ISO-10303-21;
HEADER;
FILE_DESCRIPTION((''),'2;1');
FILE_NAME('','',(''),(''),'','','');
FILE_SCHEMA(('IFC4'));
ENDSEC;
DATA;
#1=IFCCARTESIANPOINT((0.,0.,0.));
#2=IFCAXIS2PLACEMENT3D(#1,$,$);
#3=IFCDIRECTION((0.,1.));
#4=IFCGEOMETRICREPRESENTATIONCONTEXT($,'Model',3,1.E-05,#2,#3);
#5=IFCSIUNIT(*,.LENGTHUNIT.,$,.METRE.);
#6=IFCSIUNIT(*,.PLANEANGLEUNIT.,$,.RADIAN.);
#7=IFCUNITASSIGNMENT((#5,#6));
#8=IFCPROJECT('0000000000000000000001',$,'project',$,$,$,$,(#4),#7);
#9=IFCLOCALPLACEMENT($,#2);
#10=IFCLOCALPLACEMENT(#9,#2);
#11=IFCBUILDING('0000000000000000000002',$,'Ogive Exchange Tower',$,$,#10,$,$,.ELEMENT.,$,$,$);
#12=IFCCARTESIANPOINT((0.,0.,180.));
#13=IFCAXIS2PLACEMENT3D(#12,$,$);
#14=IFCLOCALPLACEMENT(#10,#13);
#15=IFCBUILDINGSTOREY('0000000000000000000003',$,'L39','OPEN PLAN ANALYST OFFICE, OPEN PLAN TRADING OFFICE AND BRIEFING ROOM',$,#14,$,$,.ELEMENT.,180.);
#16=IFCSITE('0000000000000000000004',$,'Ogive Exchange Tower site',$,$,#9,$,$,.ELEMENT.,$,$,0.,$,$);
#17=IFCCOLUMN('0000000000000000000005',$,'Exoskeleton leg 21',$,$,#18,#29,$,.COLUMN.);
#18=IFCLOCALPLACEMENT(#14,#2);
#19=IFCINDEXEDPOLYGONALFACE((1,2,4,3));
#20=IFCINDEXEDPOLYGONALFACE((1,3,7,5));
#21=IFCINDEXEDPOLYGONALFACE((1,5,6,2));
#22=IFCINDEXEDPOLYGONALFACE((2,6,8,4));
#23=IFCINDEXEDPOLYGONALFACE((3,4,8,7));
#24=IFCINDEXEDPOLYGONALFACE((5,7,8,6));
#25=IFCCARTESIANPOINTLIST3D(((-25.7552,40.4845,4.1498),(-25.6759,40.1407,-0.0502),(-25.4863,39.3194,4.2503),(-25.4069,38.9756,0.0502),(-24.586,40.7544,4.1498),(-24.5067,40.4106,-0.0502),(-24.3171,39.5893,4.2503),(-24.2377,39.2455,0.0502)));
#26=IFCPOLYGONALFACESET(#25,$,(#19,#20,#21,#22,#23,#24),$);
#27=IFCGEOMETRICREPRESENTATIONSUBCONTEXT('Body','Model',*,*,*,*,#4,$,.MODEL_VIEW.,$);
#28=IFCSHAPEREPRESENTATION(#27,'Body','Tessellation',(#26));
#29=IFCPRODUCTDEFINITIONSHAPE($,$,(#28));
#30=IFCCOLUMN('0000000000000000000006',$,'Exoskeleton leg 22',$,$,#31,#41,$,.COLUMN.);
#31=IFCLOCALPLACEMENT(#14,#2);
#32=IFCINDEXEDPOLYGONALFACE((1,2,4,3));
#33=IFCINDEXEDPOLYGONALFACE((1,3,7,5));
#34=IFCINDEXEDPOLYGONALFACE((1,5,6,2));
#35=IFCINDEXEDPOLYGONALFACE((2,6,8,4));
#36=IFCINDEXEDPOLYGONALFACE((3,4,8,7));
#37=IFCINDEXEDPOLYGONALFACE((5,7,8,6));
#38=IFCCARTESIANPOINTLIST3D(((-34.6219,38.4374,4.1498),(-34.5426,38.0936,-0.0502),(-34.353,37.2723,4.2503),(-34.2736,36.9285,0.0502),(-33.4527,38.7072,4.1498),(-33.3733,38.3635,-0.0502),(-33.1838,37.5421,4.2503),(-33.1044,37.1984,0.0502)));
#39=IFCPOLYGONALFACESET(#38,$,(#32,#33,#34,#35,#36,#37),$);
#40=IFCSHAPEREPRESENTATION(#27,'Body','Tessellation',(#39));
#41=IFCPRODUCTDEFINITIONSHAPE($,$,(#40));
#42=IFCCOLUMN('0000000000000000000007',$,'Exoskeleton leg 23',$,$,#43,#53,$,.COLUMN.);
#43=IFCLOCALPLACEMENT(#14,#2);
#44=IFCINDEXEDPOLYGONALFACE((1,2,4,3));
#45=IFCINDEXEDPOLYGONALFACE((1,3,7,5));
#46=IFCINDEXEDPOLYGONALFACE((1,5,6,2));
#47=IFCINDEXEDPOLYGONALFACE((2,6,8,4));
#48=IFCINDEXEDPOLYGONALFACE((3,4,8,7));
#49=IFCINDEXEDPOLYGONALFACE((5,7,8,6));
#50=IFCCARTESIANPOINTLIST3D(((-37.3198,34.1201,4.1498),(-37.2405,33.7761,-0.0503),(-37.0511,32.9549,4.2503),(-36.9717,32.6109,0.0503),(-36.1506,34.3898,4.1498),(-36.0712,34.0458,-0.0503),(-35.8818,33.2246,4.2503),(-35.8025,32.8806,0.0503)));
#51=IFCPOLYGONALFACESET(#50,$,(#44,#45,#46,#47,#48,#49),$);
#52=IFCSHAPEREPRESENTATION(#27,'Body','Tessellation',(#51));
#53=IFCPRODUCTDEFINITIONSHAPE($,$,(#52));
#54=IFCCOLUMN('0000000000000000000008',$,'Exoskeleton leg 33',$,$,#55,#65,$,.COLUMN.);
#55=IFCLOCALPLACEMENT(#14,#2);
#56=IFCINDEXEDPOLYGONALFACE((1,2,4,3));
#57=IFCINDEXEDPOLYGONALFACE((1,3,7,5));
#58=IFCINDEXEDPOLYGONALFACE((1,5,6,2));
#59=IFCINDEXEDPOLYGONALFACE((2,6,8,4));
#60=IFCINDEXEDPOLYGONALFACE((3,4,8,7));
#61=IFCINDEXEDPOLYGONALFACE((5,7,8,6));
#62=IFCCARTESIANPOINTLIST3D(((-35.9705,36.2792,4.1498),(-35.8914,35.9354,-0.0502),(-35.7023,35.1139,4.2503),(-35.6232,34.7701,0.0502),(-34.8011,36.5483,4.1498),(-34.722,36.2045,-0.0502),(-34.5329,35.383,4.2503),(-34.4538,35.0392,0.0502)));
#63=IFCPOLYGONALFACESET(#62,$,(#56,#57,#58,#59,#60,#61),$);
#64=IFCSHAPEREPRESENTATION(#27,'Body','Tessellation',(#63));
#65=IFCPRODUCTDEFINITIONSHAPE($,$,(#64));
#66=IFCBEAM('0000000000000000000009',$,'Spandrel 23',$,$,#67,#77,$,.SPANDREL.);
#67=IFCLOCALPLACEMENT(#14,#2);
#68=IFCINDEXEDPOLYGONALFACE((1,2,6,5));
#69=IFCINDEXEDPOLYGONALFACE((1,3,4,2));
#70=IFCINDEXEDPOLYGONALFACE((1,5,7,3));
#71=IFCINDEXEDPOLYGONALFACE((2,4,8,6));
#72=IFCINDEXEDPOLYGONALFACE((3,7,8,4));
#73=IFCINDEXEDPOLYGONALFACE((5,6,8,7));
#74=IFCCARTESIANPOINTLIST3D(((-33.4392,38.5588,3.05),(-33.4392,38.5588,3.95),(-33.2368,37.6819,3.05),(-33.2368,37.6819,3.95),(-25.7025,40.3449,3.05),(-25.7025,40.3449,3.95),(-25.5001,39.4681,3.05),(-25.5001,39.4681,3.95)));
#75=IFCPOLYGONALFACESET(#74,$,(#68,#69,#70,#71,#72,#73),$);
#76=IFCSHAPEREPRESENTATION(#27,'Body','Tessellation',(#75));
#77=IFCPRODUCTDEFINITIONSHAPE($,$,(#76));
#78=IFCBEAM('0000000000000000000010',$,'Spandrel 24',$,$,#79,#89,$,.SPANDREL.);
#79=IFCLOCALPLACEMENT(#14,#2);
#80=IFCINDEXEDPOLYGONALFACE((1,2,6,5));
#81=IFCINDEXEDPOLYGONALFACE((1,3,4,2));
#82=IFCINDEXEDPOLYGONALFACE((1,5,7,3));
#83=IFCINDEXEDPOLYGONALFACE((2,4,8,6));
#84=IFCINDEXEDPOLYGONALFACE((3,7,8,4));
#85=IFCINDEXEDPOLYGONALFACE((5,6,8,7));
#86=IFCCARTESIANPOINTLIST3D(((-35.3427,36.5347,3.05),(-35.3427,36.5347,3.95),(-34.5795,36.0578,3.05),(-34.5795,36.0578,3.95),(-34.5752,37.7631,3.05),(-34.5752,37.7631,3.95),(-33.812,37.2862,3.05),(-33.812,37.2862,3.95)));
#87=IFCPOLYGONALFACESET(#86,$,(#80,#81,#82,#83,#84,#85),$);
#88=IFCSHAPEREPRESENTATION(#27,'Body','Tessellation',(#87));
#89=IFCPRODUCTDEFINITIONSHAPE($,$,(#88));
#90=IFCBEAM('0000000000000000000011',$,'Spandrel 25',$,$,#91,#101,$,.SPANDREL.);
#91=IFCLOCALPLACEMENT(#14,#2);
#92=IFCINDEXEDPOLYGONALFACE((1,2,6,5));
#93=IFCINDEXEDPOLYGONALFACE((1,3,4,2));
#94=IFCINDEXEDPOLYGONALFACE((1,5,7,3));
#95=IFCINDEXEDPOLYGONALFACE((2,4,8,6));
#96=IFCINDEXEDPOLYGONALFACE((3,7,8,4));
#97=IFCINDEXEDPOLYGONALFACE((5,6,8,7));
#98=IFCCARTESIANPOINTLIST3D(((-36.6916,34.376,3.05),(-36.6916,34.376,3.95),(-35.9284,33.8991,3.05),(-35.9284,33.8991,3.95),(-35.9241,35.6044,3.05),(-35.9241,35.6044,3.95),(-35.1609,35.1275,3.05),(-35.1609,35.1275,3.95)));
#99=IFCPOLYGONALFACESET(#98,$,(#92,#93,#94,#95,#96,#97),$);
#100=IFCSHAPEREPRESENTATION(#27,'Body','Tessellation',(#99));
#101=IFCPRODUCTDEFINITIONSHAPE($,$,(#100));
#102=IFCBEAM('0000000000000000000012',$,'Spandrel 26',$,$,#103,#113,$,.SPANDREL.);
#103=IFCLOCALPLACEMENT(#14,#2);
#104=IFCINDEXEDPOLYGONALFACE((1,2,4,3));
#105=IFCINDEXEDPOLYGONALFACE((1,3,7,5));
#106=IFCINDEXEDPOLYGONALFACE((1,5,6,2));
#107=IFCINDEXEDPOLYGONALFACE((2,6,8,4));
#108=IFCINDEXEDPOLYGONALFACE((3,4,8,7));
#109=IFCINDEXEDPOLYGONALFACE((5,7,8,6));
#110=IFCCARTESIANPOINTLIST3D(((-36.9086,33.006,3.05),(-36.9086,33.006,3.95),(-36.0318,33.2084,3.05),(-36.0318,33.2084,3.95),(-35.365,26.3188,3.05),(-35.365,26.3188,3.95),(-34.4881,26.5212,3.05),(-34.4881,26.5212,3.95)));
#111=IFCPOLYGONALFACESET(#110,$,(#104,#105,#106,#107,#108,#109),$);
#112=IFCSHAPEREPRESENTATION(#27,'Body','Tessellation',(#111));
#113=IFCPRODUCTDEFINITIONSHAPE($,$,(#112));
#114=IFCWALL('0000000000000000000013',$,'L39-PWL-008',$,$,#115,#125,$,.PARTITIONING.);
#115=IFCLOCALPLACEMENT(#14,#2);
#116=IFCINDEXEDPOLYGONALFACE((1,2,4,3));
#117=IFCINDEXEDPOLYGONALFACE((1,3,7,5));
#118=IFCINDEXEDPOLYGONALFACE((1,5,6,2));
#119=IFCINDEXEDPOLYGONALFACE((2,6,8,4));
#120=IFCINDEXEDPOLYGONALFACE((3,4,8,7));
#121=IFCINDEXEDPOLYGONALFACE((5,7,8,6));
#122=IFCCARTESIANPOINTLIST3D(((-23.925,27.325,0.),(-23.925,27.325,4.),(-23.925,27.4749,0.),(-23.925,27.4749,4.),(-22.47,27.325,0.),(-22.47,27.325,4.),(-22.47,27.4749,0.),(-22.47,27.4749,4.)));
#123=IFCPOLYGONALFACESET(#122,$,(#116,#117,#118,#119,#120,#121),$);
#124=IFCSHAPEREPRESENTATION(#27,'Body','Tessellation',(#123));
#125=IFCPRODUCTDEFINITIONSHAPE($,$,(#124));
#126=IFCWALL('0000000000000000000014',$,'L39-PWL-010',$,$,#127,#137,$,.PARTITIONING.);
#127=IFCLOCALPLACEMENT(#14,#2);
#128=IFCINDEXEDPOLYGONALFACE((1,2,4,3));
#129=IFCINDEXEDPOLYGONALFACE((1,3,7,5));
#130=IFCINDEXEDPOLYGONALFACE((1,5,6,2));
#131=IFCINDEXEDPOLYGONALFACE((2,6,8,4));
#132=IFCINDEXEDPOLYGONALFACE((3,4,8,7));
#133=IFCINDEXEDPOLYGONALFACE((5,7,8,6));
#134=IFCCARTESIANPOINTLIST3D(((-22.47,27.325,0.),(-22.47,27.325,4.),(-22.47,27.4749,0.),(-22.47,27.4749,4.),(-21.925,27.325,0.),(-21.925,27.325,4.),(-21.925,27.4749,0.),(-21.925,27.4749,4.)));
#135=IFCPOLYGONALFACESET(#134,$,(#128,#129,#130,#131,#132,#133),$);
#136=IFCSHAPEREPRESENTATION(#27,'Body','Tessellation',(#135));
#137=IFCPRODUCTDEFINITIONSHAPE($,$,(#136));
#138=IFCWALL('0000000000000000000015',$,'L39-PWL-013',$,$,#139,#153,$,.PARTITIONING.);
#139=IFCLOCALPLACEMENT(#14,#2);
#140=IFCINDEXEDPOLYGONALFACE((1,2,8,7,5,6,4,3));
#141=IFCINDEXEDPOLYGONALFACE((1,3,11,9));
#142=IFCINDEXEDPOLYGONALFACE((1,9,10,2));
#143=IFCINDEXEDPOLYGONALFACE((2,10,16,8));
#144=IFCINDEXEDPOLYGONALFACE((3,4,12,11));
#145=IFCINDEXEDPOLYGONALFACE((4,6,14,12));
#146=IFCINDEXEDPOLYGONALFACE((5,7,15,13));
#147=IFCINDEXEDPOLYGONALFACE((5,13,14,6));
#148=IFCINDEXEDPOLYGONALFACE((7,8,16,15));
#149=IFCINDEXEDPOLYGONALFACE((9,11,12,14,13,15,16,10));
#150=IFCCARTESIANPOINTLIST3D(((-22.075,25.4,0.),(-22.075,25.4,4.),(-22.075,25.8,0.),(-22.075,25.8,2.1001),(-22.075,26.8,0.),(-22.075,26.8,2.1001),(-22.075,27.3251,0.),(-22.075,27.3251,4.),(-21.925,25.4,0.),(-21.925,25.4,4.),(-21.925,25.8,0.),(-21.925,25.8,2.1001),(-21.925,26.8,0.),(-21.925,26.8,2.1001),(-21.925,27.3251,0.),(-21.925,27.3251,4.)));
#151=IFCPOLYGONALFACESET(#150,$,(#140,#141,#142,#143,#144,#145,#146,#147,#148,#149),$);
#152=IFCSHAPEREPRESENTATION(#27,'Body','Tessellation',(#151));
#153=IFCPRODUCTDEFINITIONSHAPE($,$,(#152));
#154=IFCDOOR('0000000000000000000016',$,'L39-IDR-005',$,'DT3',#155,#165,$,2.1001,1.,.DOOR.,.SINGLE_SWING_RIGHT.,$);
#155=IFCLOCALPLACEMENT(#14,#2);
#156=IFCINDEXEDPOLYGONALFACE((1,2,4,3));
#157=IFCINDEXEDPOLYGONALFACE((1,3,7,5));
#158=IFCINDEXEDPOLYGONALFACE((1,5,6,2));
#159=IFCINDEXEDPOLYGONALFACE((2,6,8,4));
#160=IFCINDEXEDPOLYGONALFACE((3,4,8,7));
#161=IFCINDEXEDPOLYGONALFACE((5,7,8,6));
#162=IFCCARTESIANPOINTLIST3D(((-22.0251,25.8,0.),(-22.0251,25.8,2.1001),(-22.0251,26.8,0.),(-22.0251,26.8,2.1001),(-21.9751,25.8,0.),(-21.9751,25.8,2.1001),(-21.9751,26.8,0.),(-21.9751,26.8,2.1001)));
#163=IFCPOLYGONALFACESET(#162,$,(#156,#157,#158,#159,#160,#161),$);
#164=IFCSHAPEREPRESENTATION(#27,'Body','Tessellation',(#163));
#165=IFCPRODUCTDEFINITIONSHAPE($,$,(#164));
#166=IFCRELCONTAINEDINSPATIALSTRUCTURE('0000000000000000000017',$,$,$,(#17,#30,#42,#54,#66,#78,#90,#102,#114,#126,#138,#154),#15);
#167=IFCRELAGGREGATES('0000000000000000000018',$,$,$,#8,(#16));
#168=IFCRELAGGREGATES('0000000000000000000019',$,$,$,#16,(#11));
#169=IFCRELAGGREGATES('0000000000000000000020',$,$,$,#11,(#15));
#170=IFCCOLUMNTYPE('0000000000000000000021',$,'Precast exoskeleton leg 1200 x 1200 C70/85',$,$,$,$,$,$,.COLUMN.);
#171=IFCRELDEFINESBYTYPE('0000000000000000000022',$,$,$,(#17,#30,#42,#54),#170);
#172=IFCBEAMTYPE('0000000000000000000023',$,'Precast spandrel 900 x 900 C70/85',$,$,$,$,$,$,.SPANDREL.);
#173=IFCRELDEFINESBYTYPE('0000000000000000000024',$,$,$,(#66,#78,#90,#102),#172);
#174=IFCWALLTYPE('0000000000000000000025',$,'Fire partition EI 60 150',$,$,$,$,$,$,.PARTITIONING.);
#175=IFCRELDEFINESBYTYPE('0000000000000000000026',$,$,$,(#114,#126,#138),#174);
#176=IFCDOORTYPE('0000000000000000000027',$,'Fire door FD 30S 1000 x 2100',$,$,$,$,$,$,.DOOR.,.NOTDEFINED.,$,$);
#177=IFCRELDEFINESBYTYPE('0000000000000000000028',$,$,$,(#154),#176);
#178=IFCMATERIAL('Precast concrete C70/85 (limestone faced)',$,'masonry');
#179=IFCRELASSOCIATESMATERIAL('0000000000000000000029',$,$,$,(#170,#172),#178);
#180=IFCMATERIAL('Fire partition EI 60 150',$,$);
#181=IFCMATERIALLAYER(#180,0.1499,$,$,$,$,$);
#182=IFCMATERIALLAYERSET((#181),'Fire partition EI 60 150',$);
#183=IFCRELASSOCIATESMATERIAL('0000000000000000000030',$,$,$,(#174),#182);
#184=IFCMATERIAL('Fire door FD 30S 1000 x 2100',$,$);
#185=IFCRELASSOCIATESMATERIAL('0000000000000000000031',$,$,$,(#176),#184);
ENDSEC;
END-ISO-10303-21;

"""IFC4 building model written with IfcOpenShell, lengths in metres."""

from ifc_helpers import new_model, si_unit, direction, frame, frame_2d, origin, origin_2d, place, context, subcontext, project, spatial, rectangle, extrude, material, layer, layer_set, material_profile, profile_set, type_object, element, fill, save


model = new_model("IFC4")

# Units and contexts
model_context = context("Model", 3, precision=1e-05, world=origin(), true_north=direction((0.0, 1.0)))
body_context = subcontext(model_context, "Body", "Model", "MODEL_VIEW")
ifc_project = project(units=[si_unit("LENGTHUNIT", "METRE"), si_unit("PLANEANGLEUNIT", "RADIAN")], contexts=[model_context])

# Site, building, storey
site_placement = place(None, origin())
site = spatial("IfcSite", under=ifc_project, at=site_placement, Name="Ogive Exchange Tower site", CompositionType="ELEMENT", RefElevation=0.0)
building_placement = place(site_placement, origin())
building = spatial("IfcBuilding", under=site, at=building_placement, Name="Ogive Exchange Tower", CompositionType="ELEMENT")
storey_placement = place(building_placement, frame((0.0, 0.0, 180.0)))
storey = spatial("IfcBuildingStorey", under=building, at=storey_placement, Name="L39", Description="OPEN PLAN ANALYST OFFICE, OPEN PLAN TRADING OFFICE AND BRIEFING ROOM", CompositionType="ELEMENT", Elevation=180.0)

# Columns
ifc_material_1 = material(Name="Precast concrete C70/85 (limestone faced)", Category="masonry")
ifc_material_profile_1 = material_profile(ifc_material_1, rectangle(XDim=1.2, YDim=1.2, at=origin_2d()), Name="1200 x 1200")
ifc_profile_set_1 = profile_set([ifc_material_profile_1], Name="Precast concrete C70/85 (limestone faced)")
column_type = type_object("IfcColumnType", Name="Precast exoskeleton leg 1200 x 1200 C70/85", PredefinedType="COLUMN", material=ifc_profile_set_1)
for number, where, z_axis, x_axis, name in (
    (1, (-24.9568, 39.6931, 0.0), (-0.018826, 0.081559, 0.996491), (-0.97438, -0.22491, 0.0), "Exoskeleton leg 21"),
    (2, (-33.8235, 37.646, 0.0), (-0.018826, 0.081559, 0.996491), (-0.97438, -0.22491, 0.0), "Exoskeleton leg 22"),
    (3, (-36.5215, 33.3284, 0.0), (-0.018826, 0.081617, 0.996486), (-0.974415, -0.224758, 0.0), "Exoskeleton leg 23"),
    (4, (-35.1726, 35.4873, 0.0), (-0.018768, 0.081559, 0.996492), (-0.974531, -0.224253, 0.0), "Exoskeleton leg 33"),
):
    element("IfcColumn", number, at=place(storey_placement, frame(where, z_axis=z_axis, x_axis=x_axis)), inside=storey, type_object=column_type, Name=name, PredefinedType="COLUMN", context=body_context, shape_type="SweptSolid", body=[
        extrude(rectangle(XDim=1.2, YDim=1.2, at=origin_2d()), origin(), (0.0, 0.0, 1.0), 4.2148),
    ])

# Beams
ifc_material_profile_2 = material_profile(ifc_material_1, rectangle(XDim=0.8999, YDim=0.8999, at=origin_2d()), Name="900 x 900")
ifc_profile_set_2 = profile_set([ifc_material_profile_2], Name="Precast concrete C70/85 (limestone faced)")
beam_type = type_object("IfcBeamType", Name="Precast spandrel 900 x 900 C70/85", PredefinedType="SPANDREL", material=ifc_profile_set_2)
beam_1_placement = place(storey_placement, frame((-25.6013, 39.9065, 3.5), z_axis=(-0.97437, -0.224952, 0.0), x_axis=(0.224952, -0.97437, 0.0)))
element("IfcBeam", 5, at=beam_1_placement, inside=storey, type_object=beam_type, Name="Spandrel 23", PredefinedType="SPANDREL", context=body_context, shape_type="SweptSolid", body=[
    extrude(rectangle(XDim=0.8999, YDim=0.8999, at=origin_2d()), origin(), (0.0, 0.0, 1.0), 7.9402),
])
for number, where, z_axis, x_axis, name in (
    (6, (-34.1936, 37.5247, 3.5), (-0.529878, -0.848074, 0.0), (0.848074, -0.529878, 0.0), "Spandrel 24"),
    (7, (-35.5425, 35.366, 3.5), (-0.529878, -0.848074, 0.0), (0.848074, -0.529878, 0.0), "Spandrel 25"),
):
    element("IfcBeam", number, at=place(storey_placement, frame(where, z_axis=z_axis, x_axis=x_axis)), inside=storey, type_object=beam_type, Name=name, PredefinedType="SPANDREL", context=body_context, shape_type="SweptSolid", body=[
        extrude(rectangle(XDim=0.8999, YDim=0.8999, at=origin_2d()), origin(), (0.0, 0.0, 1.0), 1.4485),
    ])
beam_2_placement = place(storey_placement, frame((-36.4702, 33.1072, 3.5), z_axis=(0.224927, -0.974376, 0.0), x_axis=(0.974376, 0.224927, 0.0)))
element("IfcBeam", 8, at=beam_2_placement, inside=storey, type_object=beam_type, Name="Spandrel 26", PredefinedType="SPANDREL", context=body_context, shape_type="SweptSolid", body=[
    extrude(rectangle(XDim=0.8999, YDim=0.8999, at=origin_2d()), origin(), (0.0, 0.0, 1.0), 6.863),
])

# Walls
ifc_material_2 = material(Name="Fire partition EI 60 150")
ifc_layer_1 = layer(ifc_material_2, 0.1499)
ifc_layer_set_1 = layer_set([ifc_layer_1], Name="Fire partition EI 60 150")
wall_type_1 = type_object("IfcWallType", Name="Fire partition EI 60 150", PredefinedType="PARTITIONING", material=ifc_layer_set_1)
wall_1_placement = place(storey_placement, frame((-23.925, 27.3999, 0.0), z_axis=(0.0, 0.0, 1.0), x_axis=(1.0, 0.0, 0.0)))
element("IfcWall", 9, at=wall_1_placement, inside=storey, type_object=wall_type_1, Name="L39-PWL-008", PredefinedType="PARTITIONING", context=body_context, shape_type="SweptSolid", body=[
    extrude(rectangle(XDim=1.4551, YDim=0.1499, at=frame_2d((0.7275, 0.0))), origin(), (0.0, 0.0, 1.0), 4.0),
])
wall_2_placement = place(storey_placement, frame((-22.47, 27.3999, 0.0), z_axis=(0.0, 0.0, 1.0), x_axis=(1.0, 0.0, 0.0)))
element("IfcWall", 10, at=wall_2_placement, inside=storey, type_object=wall_type_1, Name="L39-PWL-010", PredefinedType="PARTITIONING", context=body_context, shape_type="SweptSolid", body=[
    extrude(rectangle(XDim=0.5449, YDim=0.1499, at=frame_2d((0.2725, 0.0))), origin(), (0.0, 0.0, 1.0), 4.0),
])

# Wall, opening, door
wall_3_placement = place(storey_placement, frame((-22.0, 27.325, 0.0), z_axis=(0.0, 0.0, 1.0), x_axis=(0.0, -1.0, 0.0)))
wall_3 = element("IfcWall", 11, at=wall_3_placement, inside=storey, type_object=wall_type_1, Name="L39-PWL-013", PredefinedType="PARTITIONING", context=body_context, shape_type="SweptSolid", body=[
    extrude(rectangle(XDim=1.925, YDim=0.1499, at=frame_2d((0.9624, 0.0))), origin(), (0.0, 0.0, 1.0), 4.0),
])
opening_1_placement = place(wall_3_placement, frame((0.5249, 0.0, 0.0)))
opening_1 = element("IfcOpeningElement", 12, at=opening_1_placement, cuts=wall_3, PredefinedType="OPENING", context=body_context, shape_type="SweptSolid", body=[
    extrude(rectangle(XDim=1.0, YDim=2.1001, at=frame_2d((0.5, 1.05))), frame((0.0, 0.085, 0.0), z_axis=(0.0, -1.0, 0.0), x_axis=(1.0, 0.0, 0.0)), (0.0, 0.0, 1.0), 0.1699),
])
ifc_material_3 = material(Name="Fire door FD 30S 1000 x 2100")
door_type_1 = type_object("IfcDoorType", Name="Fire door FD 30S 1000 x 2100", OperationType="NOTDEFINED", PredefinedType="DOOR", material=ifc_material_3)
door_1_placement = place(opening_1_placement, origin())
door_1 = element("IfcDoor", 13, at=door_1_placement, inside=storey, type_object=door_type_1, Name="L39-IDR-005", ObjectType="DT3", OperationType="SINGLE_SWING_RIGHT", OverallHeight=2.1001, OverallWidth=1.0, PredefinedType="DOOR", context=body_context, shape_type="SweptSolid", body=[
    extrude(rectangle(XDim=1.0, YDim=2.1001, at=frame_2d((0.5, 1.05))), frame((0.0, 0.0249, 0.0), z_axis=(0.0, -1.0, 0.0), x_axis=(1.0, 0.0, 0.0)), (0.0, 0.0, 1.0), 0.05),
])
fill(opening_1, door_1)

save(model, "model.ifc")
